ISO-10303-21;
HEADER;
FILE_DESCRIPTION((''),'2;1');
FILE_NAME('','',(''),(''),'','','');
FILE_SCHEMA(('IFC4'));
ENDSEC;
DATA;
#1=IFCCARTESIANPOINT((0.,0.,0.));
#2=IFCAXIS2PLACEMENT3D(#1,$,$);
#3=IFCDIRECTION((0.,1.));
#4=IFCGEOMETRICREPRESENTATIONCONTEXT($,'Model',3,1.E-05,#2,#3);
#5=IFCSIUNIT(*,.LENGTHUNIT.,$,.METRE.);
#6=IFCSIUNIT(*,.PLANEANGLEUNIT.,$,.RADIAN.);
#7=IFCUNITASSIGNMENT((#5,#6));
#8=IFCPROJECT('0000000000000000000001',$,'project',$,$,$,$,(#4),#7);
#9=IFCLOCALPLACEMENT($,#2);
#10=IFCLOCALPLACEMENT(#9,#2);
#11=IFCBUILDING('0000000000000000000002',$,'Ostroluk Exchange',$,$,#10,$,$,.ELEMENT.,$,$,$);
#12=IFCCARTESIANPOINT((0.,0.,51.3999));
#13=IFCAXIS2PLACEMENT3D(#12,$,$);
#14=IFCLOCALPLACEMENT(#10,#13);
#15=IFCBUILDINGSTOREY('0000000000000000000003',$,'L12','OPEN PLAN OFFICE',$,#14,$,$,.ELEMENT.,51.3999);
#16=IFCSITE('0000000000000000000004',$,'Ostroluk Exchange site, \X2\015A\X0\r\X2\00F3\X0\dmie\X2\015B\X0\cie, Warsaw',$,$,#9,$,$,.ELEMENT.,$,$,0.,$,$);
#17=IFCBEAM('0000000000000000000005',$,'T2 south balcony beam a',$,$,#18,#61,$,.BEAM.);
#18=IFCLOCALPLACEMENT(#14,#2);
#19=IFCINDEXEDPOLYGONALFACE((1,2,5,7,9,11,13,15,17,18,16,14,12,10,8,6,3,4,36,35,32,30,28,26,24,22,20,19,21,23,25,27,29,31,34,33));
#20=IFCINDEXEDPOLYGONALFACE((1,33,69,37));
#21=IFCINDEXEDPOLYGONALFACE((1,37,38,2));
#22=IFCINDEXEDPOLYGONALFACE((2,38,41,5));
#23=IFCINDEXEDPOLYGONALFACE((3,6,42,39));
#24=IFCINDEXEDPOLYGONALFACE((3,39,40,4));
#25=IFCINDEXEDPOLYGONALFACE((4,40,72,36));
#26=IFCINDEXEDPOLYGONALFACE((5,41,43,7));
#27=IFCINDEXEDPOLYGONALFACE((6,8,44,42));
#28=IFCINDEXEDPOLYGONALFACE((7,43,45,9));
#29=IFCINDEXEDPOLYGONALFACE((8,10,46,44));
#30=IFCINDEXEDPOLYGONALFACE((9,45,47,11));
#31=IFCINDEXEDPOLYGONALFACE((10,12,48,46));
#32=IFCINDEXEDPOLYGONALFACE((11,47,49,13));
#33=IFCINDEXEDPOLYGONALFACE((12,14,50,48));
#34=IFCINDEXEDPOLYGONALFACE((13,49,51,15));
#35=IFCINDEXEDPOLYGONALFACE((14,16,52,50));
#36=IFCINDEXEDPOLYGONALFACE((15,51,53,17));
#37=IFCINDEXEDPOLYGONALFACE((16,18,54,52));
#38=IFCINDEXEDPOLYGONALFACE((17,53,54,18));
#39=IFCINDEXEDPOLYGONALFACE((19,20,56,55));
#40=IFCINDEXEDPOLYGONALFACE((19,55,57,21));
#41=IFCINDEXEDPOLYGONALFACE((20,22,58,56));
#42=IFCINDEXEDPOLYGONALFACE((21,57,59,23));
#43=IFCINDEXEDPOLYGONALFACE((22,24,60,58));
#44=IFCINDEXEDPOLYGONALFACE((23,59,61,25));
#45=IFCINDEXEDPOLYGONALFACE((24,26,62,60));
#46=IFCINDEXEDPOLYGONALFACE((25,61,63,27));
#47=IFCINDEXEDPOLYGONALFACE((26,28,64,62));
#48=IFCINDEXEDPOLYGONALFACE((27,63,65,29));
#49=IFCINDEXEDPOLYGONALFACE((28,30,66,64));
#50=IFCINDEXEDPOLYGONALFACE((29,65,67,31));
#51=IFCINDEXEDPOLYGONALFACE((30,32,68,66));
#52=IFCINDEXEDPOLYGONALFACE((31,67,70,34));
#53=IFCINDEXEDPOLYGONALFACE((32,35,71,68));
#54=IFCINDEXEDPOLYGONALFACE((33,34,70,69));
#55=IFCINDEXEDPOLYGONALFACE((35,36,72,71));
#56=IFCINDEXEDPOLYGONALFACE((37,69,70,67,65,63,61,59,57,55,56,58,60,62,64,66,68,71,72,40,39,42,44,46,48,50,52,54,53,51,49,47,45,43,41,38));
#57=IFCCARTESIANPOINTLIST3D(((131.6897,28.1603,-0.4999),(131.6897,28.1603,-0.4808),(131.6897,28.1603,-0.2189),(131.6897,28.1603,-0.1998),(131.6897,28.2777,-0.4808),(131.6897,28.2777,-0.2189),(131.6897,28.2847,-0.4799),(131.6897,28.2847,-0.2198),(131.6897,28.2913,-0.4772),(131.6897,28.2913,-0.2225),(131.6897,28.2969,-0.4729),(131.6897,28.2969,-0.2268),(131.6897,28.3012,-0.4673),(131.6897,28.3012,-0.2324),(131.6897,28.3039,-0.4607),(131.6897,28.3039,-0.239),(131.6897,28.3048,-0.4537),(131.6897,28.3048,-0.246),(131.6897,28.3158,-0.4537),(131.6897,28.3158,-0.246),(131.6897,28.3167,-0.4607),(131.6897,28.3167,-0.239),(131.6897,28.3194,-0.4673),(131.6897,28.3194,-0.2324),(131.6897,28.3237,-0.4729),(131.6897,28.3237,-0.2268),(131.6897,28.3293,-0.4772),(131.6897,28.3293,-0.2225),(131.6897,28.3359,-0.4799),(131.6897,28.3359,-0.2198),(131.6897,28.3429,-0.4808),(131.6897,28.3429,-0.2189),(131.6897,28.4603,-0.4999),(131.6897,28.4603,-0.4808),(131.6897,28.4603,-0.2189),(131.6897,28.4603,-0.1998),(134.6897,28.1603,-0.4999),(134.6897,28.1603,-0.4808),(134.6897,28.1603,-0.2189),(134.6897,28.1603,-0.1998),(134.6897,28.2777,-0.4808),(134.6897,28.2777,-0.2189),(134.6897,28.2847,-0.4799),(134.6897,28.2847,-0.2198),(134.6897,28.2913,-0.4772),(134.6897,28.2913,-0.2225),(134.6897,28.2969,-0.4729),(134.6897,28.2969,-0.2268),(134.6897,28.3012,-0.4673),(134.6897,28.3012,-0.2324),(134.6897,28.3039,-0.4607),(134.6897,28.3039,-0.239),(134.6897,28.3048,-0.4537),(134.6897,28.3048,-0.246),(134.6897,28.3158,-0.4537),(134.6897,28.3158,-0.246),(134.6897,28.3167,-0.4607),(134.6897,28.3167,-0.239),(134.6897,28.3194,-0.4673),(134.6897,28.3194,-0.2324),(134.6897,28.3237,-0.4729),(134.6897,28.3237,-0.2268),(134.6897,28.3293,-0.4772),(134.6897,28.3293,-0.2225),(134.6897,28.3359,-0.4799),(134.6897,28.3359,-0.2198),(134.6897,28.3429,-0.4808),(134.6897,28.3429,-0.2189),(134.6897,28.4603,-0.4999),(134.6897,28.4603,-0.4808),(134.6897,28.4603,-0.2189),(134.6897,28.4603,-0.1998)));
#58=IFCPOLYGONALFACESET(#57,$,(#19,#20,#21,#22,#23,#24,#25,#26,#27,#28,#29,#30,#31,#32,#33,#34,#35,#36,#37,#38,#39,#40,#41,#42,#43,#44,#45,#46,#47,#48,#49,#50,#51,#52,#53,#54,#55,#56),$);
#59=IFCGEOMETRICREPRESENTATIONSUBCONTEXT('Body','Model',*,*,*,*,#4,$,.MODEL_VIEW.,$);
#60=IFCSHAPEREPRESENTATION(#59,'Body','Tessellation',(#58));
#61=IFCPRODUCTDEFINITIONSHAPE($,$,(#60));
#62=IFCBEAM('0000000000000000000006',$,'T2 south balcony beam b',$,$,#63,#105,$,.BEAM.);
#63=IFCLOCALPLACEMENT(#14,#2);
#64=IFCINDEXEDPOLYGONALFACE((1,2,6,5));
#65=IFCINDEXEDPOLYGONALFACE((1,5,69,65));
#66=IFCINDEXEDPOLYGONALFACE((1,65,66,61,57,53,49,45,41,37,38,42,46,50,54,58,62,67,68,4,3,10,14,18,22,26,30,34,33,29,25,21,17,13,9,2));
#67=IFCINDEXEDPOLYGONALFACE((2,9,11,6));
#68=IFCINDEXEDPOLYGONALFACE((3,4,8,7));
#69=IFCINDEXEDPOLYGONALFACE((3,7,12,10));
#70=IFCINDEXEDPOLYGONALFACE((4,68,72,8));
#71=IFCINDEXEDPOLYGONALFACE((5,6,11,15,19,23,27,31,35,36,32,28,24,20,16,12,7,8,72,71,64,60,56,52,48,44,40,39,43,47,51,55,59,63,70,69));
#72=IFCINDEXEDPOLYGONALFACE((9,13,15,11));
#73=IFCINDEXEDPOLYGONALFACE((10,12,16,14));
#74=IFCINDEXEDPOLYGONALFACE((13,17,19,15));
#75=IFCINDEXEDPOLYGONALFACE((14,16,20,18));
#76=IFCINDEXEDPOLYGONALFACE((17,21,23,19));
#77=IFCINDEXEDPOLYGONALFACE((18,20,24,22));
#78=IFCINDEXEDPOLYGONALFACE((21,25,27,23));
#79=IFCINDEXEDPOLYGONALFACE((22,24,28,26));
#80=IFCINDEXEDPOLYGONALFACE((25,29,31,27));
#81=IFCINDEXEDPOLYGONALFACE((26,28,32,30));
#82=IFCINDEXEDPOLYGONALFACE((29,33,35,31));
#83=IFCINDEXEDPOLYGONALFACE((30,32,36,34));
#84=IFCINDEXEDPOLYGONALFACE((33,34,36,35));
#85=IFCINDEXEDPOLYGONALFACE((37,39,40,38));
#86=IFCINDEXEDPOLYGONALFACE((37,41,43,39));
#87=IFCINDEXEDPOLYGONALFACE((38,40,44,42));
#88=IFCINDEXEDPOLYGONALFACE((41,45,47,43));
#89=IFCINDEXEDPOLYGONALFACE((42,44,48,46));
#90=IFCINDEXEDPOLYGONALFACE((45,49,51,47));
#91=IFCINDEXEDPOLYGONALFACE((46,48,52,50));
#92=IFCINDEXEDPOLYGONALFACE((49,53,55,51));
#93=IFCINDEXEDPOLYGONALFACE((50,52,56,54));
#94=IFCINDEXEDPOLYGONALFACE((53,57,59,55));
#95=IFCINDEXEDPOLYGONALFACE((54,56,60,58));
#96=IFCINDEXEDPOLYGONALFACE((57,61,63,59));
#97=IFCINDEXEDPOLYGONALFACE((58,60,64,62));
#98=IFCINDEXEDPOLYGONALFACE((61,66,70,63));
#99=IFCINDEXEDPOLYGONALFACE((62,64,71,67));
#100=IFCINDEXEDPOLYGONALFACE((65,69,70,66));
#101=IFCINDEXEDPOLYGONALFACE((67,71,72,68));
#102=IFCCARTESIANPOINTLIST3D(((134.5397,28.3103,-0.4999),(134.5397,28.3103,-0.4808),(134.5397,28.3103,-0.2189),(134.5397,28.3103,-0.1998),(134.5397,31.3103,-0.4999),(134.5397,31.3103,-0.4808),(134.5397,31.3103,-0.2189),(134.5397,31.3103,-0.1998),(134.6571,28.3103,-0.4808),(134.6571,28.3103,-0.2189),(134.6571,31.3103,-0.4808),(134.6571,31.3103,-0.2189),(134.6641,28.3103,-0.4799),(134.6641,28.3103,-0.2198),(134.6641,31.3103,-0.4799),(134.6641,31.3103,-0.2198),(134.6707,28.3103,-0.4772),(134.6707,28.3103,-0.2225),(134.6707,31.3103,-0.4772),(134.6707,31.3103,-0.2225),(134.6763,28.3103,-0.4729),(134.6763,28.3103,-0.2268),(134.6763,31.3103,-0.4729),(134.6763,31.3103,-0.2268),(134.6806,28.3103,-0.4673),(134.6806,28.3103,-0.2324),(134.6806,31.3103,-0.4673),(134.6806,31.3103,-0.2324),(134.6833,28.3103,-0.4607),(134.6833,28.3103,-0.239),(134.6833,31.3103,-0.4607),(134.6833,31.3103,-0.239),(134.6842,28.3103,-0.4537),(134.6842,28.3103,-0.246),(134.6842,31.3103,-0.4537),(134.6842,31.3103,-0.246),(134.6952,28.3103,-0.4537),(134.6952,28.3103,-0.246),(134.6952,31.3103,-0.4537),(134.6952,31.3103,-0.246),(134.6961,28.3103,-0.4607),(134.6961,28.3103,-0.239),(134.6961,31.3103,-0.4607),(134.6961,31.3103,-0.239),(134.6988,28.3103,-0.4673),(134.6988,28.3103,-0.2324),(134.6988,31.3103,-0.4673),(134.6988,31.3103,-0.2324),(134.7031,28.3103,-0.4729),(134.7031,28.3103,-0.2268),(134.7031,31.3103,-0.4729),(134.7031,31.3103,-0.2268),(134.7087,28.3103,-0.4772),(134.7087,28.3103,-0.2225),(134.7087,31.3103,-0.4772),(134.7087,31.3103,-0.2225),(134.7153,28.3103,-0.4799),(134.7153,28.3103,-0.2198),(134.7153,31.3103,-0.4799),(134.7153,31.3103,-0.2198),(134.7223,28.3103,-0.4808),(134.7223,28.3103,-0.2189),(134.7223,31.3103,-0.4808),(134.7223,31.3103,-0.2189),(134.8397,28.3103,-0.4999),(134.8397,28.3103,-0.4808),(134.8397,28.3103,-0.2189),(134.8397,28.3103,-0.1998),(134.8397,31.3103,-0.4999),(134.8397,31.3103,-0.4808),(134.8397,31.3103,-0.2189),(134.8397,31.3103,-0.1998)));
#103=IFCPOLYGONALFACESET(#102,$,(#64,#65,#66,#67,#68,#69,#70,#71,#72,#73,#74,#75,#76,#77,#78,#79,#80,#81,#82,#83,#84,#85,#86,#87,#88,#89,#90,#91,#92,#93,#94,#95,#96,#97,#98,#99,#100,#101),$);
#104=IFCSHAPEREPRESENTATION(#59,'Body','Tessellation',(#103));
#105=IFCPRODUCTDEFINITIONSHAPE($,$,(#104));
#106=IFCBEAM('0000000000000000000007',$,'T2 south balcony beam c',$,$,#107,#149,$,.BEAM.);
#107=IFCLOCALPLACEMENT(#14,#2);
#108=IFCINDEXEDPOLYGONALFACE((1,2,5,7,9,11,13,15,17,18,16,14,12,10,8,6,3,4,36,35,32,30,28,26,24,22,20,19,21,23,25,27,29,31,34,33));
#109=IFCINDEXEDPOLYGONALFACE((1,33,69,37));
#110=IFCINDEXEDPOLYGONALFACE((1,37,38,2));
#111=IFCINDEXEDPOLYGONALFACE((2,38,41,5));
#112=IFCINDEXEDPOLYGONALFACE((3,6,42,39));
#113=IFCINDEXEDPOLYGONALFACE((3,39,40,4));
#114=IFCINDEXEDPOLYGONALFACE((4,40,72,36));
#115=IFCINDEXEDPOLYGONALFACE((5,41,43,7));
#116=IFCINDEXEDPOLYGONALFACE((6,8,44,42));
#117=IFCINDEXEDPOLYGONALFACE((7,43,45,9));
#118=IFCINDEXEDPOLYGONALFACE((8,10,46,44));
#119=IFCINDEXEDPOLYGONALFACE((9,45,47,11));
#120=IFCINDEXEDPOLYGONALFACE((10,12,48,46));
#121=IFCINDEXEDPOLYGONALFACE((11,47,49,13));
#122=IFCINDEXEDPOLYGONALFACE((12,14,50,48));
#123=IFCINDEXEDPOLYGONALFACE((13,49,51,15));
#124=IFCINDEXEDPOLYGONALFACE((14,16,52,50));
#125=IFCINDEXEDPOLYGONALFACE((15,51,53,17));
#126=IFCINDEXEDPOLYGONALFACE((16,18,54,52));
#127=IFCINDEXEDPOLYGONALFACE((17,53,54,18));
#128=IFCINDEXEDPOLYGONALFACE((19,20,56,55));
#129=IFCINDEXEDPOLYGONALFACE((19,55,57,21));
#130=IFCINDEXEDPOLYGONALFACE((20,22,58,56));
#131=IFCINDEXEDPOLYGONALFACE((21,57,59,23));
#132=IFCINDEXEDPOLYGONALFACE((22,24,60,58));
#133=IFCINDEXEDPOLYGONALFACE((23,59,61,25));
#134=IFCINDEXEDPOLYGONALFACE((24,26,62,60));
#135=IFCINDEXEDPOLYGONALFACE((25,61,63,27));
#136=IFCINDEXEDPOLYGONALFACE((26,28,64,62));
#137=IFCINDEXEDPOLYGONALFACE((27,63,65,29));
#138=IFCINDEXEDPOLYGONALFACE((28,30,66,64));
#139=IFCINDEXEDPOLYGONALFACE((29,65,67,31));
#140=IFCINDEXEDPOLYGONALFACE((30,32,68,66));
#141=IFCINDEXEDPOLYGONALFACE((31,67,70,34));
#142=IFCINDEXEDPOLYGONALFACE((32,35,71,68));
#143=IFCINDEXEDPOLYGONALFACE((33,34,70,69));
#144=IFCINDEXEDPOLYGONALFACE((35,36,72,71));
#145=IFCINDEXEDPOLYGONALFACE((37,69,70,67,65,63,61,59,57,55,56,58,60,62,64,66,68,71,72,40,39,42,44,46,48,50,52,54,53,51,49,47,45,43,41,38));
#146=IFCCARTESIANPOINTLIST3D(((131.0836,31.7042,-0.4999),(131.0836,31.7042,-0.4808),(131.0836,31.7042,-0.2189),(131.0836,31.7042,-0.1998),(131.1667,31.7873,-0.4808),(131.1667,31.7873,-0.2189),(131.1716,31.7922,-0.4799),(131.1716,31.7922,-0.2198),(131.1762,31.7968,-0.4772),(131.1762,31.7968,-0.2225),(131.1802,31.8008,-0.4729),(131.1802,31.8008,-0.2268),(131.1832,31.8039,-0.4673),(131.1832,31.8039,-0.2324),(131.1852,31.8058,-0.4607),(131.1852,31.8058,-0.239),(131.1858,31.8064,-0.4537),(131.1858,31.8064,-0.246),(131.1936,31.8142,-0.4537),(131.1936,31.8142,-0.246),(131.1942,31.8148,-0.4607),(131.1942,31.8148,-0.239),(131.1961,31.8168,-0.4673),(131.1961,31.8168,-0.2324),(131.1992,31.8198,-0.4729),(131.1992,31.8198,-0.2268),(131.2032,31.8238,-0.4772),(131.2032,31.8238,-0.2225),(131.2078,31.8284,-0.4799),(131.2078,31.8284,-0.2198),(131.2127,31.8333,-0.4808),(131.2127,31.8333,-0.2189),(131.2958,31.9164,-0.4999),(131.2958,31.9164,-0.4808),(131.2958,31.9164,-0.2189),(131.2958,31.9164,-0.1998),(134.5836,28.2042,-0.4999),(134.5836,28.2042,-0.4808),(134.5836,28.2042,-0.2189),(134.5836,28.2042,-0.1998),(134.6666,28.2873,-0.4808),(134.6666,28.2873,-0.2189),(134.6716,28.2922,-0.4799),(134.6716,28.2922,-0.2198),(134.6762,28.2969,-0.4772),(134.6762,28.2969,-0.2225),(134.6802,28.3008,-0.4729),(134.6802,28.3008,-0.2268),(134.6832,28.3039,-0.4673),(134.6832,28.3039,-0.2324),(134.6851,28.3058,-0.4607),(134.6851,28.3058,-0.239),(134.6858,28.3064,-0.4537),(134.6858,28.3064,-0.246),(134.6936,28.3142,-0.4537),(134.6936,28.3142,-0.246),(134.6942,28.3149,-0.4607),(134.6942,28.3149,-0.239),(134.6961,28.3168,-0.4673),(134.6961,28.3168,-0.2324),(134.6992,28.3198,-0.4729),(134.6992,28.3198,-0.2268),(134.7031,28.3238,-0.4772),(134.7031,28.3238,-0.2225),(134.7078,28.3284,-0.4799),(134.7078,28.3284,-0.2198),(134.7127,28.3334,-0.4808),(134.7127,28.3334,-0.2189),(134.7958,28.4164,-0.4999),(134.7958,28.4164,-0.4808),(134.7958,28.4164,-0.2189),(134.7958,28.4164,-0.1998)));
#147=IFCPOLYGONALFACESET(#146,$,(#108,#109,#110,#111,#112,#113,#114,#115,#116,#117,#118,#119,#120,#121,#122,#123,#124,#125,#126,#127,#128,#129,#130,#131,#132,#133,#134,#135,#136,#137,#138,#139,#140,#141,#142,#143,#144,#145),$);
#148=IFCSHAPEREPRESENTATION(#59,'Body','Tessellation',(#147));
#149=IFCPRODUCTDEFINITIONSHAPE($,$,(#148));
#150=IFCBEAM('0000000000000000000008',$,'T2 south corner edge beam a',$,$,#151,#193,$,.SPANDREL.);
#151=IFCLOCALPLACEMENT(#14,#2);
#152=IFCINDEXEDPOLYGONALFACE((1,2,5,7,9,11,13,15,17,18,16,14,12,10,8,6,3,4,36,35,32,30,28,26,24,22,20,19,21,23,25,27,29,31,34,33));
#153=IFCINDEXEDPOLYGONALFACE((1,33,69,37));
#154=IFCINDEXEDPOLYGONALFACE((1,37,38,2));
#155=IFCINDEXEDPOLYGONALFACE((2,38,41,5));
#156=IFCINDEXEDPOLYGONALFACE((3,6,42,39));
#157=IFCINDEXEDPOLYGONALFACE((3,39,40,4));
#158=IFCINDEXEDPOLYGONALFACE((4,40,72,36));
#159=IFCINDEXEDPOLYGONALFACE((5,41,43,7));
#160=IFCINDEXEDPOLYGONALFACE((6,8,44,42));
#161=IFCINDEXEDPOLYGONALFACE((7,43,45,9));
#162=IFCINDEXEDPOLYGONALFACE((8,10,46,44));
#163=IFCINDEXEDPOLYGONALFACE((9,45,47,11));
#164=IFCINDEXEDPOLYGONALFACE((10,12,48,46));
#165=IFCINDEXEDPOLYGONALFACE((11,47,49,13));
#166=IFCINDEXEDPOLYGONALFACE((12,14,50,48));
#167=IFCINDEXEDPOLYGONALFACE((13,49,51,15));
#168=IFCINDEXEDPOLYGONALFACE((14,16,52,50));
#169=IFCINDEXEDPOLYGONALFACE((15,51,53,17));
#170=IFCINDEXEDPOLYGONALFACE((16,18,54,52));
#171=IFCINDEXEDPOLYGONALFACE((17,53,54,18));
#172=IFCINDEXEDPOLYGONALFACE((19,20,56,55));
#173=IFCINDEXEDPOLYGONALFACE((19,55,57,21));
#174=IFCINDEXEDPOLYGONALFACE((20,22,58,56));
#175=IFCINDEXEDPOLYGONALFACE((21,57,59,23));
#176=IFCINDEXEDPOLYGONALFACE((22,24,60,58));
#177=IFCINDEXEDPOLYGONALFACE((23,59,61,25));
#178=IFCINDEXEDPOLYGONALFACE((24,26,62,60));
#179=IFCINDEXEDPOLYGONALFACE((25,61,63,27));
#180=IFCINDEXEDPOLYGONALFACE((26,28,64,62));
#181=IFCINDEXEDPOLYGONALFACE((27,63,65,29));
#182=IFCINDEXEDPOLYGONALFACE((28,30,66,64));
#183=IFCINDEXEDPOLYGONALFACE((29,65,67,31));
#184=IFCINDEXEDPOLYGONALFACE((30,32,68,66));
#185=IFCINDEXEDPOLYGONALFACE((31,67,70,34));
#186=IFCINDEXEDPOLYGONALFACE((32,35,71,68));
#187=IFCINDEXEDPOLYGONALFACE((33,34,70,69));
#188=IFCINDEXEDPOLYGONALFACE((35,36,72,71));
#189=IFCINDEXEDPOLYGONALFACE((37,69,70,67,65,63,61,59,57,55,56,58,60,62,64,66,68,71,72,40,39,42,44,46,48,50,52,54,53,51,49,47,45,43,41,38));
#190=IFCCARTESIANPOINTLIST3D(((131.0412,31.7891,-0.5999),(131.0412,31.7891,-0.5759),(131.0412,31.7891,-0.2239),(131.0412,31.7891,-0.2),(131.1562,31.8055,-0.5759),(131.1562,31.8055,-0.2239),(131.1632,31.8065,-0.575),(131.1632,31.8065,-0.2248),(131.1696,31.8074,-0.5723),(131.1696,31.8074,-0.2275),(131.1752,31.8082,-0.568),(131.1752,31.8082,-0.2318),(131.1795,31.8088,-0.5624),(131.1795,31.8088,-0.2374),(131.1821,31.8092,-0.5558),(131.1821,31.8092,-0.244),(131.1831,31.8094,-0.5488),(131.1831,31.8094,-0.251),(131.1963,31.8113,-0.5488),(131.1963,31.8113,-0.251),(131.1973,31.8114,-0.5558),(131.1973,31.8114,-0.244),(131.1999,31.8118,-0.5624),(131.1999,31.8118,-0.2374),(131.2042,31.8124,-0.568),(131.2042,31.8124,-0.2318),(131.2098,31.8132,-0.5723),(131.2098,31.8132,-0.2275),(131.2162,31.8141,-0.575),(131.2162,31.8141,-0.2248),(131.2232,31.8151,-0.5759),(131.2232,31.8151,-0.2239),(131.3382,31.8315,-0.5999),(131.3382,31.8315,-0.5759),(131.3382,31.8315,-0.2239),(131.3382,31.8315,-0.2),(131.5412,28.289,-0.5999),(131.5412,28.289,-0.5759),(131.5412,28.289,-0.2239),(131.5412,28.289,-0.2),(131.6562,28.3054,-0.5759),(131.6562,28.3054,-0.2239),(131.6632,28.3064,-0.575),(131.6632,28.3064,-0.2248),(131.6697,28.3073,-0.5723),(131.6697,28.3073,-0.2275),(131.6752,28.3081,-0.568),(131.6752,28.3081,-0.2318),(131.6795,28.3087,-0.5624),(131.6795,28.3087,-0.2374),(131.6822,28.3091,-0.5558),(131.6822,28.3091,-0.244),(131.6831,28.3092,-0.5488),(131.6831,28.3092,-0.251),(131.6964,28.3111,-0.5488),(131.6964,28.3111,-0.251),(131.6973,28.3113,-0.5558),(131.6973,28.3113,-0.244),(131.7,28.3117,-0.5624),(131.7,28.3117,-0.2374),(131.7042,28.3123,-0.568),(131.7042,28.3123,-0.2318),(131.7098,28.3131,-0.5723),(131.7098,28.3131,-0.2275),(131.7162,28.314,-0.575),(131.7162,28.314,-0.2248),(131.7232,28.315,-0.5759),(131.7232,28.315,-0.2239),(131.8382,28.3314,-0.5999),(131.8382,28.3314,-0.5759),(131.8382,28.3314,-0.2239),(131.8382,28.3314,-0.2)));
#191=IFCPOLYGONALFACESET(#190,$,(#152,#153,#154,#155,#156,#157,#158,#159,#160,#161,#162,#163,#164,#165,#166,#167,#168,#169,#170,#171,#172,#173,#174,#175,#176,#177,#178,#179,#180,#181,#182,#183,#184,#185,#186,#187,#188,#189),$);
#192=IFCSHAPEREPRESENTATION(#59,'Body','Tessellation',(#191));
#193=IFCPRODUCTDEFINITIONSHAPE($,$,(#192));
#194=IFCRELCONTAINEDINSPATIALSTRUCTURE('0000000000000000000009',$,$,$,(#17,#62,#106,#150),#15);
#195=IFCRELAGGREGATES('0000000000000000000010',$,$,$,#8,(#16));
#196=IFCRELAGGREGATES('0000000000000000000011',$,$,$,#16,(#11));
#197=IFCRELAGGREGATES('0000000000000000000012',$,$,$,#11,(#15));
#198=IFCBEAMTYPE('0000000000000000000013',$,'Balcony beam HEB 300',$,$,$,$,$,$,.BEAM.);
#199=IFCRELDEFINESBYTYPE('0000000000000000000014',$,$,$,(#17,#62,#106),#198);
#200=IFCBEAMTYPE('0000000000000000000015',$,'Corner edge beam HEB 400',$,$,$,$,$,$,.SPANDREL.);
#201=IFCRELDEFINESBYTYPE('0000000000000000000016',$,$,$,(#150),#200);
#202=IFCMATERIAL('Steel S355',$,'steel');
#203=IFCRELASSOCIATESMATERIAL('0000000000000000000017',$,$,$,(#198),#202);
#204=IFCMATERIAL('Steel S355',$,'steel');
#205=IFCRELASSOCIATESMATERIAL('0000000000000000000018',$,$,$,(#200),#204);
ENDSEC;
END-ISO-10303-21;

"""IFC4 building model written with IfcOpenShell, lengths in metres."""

from ifc_helpers import new_model, si_unit, direction, frame, origin, origin_2d, place, context, subcontext, project, spatial, i_section, extrude, material, material_profile, profile_set, type_object, element, save


model = new_model("IFC4")

# Units and contexts
model_context = context("Model", 3, precision=1e-05, world=origin(), true_north=direction((0.0, 1.0)))
body_context = subcontext(model_context, "Body", "Model", "MODEL_VIEW")
ifc_project = project(units=[si_unit("LENGTHUNIT", "METRE"), si_unit("PLANEANGLEUNIT", "RADIAN")], contexts=[model_context])

# Site, building, storey
site_placement = place(None, origin())
site = spatial("IfcSite", under=ifc_project, at=site_placement, Name="Ostroluk Exchange site, Śródmieście, Warsaw", CompositionType="ELEMENT", RefElevation=0.0)
building_placement = place(site_placement, origin())
building = spatial("IfcBuilding", under=site, at=building_placement, Name="Ostroluk Exchange", CompositionType="ELEMENT")
storey_placement = place(building_placement, frame((0.0, 0.0, 51.3999)))
storey = spatial("IfcBuildingStorey", under=building, at=storey_placement, Name="L12", Description="OPEN PLAN OFFICE", CompositionType="ELEMENT", Elevation=51.3999)

# Beams
ifc_material_1 = material(Name="Steel S355", Category="steel")
ifc_material_profile_1 = material_profile(ifc_material_1, i_section(OverallWidth=0.3, OverallDepth=0.3, WebThickness=0.011, FlangeThickness=0.019, FilletRadius=0.0271, at=origin_2d()), Name="HEB 300")
ifc_profile_set_1 = profile_set([ifc_material_profile_1], Name="Steel S355")
beam_type_1 = type_object("IfcBeamType", Name="Balcony beam HEB 300", PredefinedType="BEAM", material=ifc_profile_set_1)
for number, where, z_axis, x_axis, name in (
    (1, (131.6897, 28.3103, -0.3499), (1.0, 0.0, 0.0), (0.0, 1.0, 0.0), "T2 south balcony beam a"),
    (2, (134.6897, 31.3103, -0.3499), (0.0, -1.0, 0.0), (1.0, 0.0, 0.0), "T2 south balcony beam b"),
):
    element("IfcBeam", number, at=place(storey_placement, frame(where, z_axis=z_axis, x_axis=x_axis)), inside=storey, type_object=beam_type_1, Name=name, PredefinedType="BEAM", context=body_context, shape_type="SweptSolid", body=[
        extrude(i_section(OverallWidth=0.3, OverallDepth=0.3, WebThickness=0.011, FlangeThickness=0.019, FilletRadius=0.0271, at=origin_2d()), origin(), (0.0, 0.0, 1.0), 3.0),
    ])
beam_1_placement = place(storey_placement, frame((131.1897, 31.8103, -0.3499), z_axis=(0.707107, -0.707107, 0.0), x_axis=(0.707107, 0.707107, 0.0)))
element("IfcBeam", 3, at=beam_1_placement, inside=storey, type_object=beam_type_1, Name="T2 south balcony beam c", PredefinedType="BEAM", context=body_context, shape_type="SweptSolid", body=[
    extrude(i_section(OverallWidth=0.3, OverallDepth=0.3, WebThickness=0.011, FlangeThickness=0.019, FilletRadius=0.0271, at=origin_2d()), origin(), (0.0, 0.0, 1.0), 4.9497),
])
ifc_material_2 = material(Name="Steel S355", Category="steel")
ifc_material_profile_2 = material_profile(ifc_material_2, i_section(OverallWidth=0.3, OverallDepth=0.3999, WebThickness=0.0134, FlangeThickness=0.0239, FilletRadius=0.0271, at=origin_2d()), Name="HEB 400")
ifc_profile_set_2 = profile_set([ifc_material_profile_2], Name="Steel S355")
beam_type_2 = type_object("IfcBeamType", Name="Corner edge beam HEB 400", PredefinedType="SPANDREL", material=ifc_profile_set_2)
for number, where, z_axis, x_axis, name in (
    (4, (131.1897, 31.8103, -0.3999), (0.141421, -0.989949, 0.0), (0.989949, 0.141421, 0.0), "T2 south corner edge beam a"),
):
    element("IfcBeam", number, at=place(storey_placement, frame(where, z_axis=z_axis, x_axis=x_axis)), inside=storey, type_object=beam_type_2, Name=name, PredefinedType="SPANDREL", context=body_context, shape_type="SweptSolid", body=[
        extrude(i_section(OverallWidth=0.3, OverallDepth=0.3999, WebThickness=0.0134, FlangeThickness=0.0239, FilletRadius=0.0271, at=origin_2d()), origin(), (0.0, 0.0, 1.0), 3.5356),
    ])

save(model, "model.ifc")
